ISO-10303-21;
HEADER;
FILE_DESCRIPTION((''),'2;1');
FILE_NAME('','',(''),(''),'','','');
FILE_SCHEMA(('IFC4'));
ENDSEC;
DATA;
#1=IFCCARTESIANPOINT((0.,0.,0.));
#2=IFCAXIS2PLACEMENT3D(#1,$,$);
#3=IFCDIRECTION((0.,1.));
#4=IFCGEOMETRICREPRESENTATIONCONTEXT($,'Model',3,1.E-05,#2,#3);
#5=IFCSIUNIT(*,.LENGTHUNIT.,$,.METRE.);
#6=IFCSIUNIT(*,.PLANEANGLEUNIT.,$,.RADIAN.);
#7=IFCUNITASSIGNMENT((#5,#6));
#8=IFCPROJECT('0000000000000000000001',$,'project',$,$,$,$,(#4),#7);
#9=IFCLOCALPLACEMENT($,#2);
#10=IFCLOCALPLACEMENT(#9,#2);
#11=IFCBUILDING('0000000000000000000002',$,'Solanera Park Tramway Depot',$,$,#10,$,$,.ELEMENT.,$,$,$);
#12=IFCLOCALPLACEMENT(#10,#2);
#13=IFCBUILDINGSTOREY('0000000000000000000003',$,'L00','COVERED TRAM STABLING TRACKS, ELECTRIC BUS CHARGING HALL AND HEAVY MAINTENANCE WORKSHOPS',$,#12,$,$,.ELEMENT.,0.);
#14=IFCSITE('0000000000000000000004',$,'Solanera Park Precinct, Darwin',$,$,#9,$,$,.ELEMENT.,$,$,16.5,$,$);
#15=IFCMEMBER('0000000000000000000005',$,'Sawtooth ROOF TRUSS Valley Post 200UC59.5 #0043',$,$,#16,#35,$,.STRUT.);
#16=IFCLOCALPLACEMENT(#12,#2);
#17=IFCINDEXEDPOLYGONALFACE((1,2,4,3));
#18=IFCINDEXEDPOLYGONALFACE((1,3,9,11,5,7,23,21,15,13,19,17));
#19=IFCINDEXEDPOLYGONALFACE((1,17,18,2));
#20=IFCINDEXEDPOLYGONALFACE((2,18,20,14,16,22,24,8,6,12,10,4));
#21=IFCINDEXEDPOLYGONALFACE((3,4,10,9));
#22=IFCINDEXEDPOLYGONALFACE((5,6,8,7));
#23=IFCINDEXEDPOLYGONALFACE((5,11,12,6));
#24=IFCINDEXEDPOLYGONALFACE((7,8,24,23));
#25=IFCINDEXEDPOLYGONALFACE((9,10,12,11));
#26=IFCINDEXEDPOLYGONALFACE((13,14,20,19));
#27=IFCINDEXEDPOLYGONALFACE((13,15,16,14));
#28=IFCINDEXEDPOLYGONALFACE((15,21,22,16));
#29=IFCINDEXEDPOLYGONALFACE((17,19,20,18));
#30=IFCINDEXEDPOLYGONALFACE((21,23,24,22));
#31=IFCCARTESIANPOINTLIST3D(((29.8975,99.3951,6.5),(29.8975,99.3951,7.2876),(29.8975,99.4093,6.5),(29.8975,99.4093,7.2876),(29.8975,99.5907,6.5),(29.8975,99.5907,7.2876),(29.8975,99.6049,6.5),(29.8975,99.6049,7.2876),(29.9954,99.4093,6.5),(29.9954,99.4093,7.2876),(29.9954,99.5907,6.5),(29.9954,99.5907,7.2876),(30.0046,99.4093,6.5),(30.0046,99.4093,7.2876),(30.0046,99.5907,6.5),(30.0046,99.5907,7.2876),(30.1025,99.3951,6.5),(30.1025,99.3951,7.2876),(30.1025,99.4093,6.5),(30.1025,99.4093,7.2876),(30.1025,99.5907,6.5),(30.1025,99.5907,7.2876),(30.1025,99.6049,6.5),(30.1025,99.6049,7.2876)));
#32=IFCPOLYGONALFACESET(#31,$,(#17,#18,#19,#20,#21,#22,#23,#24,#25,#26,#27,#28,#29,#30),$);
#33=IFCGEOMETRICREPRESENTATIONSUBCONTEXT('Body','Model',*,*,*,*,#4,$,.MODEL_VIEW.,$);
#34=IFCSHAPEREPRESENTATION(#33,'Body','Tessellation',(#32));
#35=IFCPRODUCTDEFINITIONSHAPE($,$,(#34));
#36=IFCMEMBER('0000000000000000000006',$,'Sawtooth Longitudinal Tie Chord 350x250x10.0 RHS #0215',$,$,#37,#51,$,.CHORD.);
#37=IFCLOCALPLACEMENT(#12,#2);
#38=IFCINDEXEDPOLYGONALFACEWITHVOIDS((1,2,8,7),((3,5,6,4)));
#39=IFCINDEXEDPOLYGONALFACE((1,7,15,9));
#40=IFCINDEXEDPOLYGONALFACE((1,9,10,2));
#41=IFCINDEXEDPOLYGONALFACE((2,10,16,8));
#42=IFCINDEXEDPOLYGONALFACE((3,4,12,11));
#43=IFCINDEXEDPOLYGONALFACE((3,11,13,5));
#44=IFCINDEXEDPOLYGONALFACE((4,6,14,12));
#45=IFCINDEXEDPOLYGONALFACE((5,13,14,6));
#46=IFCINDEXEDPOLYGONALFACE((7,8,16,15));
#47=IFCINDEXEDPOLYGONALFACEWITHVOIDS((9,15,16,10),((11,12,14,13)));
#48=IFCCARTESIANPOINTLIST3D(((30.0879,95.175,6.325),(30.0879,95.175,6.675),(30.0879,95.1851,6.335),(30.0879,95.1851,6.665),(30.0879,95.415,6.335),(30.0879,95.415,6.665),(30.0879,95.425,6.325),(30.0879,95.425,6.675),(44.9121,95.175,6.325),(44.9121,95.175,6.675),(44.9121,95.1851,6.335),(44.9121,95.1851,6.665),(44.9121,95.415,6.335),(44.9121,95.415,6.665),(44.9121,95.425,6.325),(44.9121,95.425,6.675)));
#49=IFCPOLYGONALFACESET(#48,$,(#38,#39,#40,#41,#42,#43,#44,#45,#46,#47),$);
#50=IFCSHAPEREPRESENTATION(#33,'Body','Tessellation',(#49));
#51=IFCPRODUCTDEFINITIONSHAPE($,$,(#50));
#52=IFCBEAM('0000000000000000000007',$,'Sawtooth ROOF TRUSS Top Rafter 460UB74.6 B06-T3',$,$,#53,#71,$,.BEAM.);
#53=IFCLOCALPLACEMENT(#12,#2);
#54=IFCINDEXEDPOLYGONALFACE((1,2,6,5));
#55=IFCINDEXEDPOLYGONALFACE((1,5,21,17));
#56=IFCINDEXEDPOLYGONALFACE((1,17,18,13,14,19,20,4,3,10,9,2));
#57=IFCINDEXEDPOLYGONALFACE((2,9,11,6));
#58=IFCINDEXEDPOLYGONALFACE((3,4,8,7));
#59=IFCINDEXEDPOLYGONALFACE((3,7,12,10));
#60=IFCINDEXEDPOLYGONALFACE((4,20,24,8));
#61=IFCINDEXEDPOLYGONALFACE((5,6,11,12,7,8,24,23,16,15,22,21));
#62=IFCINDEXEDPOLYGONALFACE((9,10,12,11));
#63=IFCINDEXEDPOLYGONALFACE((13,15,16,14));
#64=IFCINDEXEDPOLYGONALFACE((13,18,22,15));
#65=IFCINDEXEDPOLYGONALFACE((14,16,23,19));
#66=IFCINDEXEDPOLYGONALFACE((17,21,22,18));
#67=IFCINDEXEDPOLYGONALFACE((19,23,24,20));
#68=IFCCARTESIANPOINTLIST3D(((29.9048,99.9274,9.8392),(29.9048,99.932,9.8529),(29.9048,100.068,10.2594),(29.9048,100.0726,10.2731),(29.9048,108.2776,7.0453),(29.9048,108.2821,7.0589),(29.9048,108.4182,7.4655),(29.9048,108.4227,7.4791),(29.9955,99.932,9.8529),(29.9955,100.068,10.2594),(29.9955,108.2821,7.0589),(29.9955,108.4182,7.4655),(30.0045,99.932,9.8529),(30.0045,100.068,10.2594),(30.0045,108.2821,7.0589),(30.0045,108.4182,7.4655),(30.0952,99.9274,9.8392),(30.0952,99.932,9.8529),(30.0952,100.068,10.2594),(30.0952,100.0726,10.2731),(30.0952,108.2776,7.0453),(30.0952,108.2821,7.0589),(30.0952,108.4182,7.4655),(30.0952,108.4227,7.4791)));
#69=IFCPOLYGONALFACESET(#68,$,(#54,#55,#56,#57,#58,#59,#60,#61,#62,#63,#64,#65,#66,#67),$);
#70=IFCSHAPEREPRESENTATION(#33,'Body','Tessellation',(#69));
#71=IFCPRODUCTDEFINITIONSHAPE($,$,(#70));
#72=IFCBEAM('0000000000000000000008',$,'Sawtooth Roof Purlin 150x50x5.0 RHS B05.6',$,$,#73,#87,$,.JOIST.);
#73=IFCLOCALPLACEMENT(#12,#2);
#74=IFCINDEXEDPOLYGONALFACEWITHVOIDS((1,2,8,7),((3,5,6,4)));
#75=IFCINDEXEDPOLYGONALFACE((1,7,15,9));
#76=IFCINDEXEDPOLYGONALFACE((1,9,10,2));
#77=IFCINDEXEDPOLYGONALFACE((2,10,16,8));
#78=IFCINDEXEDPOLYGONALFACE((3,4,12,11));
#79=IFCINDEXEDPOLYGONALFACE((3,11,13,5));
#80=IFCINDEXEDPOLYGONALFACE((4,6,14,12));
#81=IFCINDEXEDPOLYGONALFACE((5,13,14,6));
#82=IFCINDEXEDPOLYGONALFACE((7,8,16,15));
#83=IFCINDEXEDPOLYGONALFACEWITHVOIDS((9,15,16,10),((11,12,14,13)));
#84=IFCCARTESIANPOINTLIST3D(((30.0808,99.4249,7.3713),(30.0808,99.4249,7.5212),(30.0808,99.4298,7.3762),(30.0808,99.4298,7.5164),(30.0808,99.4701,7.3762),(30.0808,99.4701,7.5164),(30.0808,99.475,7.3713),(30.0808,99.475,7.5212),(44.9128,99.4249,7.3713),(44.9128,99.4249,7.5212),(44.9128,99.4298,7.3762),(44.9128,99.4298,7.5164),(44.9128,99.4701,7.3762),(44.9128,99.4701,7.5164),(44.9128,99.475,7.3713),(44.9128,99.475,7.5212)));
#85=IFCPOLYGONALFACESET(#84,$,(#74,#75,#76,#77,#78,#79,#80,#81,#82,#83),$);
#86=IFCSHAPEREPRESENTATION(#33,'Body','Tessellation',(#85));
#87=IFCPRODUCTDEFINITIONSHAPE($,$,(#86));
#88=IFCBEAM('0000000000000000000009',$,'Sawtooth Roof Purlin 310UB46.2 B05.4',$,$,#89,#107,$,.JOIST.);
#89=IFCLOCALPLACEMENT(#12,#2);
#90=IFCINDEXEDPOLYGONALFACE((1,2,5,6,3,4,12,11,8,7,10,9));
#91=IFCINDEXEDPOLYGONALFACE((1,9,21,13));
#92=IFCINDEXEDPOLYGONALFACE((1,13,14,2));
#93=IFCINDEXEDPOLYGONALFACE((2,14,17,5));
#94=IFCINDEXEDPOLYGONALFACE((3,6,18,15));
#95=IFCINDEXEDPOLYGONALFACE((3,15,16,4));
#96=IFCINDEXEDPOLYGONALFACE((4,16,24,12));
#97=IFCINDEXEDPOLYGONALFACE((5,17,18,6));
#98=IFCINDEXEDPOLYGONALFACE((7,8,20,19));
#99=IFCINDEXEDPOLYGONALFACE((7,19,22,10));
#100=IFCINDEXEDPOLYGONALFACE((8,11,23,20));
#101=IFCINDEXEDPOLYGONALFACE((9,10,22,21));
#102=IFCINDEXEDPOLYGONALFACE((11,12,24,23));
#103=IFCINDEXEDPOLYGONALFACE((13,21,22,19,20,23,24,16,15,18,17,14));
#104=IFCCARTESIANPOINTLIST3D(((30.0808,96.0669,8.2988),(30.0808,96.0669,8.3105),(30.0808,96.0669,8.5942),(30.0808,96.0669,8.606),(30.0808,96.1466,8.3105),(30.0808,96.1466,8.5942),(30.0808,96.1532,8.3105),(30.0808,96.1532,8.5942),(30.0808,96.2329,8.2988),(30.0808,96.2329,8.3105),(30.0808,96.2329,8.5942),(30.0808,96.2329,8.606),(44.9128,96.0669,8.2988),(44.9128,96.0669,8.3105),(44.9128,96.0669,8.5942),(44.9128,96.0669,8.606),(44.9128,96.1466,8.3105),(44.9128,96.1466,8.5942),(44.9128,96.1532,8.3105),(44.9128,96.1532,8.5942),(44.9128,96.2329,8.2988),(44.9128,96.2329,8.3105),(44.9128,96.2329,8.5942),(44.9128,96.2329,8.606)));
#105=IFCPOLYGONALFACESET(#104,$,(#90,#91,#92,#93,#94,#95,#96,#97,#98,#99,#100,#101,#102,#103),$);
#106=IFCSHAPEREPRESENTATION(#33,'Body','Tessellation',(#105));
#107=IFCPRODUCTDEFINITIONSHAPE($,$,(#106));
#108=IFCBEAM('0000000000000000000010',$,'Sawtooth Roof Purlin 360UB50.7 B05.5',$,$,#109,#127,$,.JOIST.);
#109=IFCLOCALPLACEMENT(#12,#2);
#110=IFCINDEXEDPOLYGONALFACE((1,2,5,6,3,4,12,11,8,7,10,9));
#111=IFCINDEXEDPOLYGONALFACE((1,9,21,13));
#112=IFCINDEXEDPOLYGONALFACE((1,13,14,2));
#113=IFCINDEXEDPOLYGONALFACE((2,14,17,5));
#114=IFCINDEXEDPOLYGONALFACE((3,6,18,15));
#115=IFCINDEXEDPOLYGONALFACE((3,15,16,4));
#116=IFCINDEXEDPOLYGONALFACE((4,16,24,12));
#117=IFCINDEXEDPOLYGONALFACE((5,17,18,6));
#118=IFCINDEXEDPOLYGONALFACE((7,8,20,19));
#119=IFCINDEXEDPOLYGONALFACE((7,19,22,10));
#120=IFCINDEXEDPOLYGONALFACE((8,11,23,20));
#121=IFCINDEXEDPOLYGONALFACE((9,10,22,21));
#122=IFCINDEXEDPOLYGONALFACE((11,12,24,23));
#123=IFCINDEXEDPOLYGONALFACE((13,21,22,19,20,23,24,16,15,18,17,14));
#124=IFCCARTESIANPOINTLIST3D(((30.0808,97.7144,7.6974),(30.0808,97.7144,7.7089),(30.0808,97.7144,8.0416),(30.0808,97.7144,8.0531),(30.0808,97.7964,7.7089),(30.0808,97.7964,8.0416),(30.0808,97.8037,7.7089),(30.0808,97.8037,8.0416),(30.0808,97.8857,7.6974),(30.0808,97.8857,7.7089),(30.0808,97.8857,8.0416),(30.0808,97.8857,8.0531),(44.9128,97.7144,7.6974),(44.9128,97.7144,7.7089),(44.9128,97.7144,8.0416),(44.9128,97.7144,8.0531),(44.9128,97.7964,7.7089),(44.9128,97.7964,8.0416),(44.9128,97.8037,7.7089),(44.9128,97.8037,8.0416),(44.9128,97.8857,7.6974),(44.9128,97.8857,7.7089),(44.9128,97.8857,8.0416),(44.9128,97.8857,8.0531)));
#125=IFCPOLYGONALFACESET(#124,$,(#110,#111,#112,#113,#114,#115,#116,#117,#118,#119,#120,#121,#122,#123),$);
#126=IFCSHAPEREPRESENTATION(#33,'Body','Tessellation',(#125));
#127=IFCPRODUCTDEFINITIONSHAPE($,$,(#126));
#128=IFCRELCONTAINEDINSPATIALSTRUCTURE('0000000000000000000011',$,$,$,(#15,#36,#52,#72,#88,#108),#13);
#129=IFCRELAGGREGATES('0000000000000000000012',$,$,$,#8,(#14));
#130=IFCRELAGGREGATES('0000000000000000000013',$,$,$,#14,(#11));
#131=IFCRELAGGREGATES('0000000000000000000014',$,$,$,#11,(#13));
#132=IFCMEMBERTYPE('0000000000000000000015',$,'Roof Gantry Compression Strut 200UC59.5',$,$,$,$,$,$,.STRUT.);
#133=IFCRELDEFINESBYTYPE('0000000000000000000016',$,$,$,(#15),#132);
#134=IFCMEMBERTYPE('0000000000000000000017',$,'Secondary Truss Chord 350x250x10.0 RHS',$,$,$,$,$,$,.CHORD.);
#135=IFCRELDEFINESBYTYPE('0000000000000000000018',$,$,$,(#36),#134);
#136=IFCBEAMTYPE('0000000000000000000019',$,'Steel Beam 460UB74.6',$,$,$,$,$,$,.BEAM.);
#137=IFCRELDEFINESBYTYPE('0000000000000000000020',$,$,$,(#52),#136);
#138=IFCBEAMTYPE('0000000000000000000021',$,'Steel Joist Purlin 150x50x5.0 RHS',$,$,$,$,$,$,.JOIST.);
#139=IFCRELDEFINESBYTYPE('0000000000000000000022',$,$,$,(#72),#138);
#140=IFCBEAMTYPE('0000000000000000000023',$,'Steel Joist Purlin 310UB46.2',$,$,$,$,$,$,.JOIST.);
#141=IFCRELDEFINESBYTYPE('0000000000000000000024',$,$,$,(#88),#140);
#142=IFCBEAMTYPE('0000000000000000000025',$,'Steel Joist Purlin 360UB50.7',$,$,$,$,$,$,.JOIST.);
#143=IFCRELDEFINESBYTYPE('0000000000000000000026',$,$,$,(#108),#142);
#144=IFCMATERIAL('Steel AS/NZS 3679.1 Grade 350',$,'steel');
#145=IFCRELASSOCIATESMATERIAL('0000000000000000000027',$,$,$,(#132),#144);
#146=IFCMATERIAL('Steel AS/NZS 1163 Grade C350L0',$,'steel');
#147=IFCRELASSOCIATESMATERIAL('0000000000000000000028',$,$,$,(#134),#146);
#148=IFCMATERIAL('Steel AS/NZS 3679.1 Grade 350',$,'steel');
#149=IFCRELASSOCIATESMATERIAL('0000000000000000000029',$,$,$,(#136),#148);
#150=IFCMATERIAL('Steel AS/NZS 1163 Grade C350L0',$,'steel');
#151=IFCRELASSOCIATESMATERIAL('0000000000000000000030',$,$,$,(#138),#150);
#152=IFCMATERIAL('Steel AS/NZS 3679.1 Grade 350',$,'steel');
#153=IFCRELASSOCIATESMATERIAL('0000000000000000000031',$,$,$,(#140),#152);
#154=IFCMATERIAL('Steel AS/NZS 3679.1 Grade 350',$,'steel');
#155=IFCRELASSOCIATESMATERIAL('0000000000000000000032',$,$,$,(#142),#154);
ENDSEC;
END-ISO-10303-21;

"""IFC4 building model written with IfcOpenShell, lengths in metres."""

from ifc_helpers import new_model, si_unit, direction, frame, origin, origin_2d, place, context, subcontext, project, spatial, hollow_rectangle, i_section, extrude, material, material_profile, profile_set, type_object, element, save


model = new_model("IFC4")

# Units and contexts
model_context = context("Model", 3, precision=1e-05, world=origin(), true_north=direction((0.0, 1.0)))
body_context = subcontext(model_context, "Body", "Model", "MODEL_VIEW")
ifc_project = project(units=[si_unit("LENGTHUNIT", "METRE"), si_unit("PLANEANGLEUNIT", "RADIAN")], contexts=[model_context])

# Site, building, storey
site_placement = place(None, origin())
site = spatial("IfcSite", under=ifc_project, at=site_placement, Name="Solanera Park Precinct, Darwin", CompositionType="ELEMENT", RefElevation=16.5)
building_placement = place(site_placement, origin())
building = spatial("IfcBuilding", under=site, at=building_placement, Name="Solanera Park Tramway Depot", CompositionType="ELEMENT")
storey_placement = place(building_placement, origin())
storey = spatial("IfcBuildingStorey", under=building, at=storey_placement, Name="L00", Description="COVERED TRAM STABLING TRACKS, ELECTRIC BUS CHARGING HALL AND HEAVY MAINTENANCE WORKSHOPS", CompositionType="ELEMENT", Elevation=0.0)

# Members
ifc_material_1 = material(Name="Steel AS/NZS 3679.1 Grade 350", Category="steel")
ifc_material_profile_1 = material_profile(ifc_material_1, i_section(OverallWidth=0.2051, OverallDepth=0.2097, WebThickness=0.0093, FlangeThickness=0.0142, at=origin_2d()), Name="200UC59.5")
ifc_profile_set_1 = profile_set([ifc_material_profile_1], Name="Steel AS/NZS 3679.1 Grade 350")
member_type_1 = type_object("IfcMemberType", Name="Roof Gantry Compression Strut 200UC59.5", PredefinedType="STRUT", material=ifc_profile_set_1)
member_1_placement = place(storey_placement, frame((30.0, 99.5, 6.5), z_axis=(0.0, 0.0, 1.0), x_axis=(1.0, 0.0, 0.0)))
element("IfcMember", 1, at=member_1_placement, inside=storey, type_object=member_type_1, Name="Sawtooth ROOF TRUSS Valley Post 200UC59.5 #0043", PredefinedType="STRUT", context=body_context, shape_type="SweptSolid", body=[
    extrude(i_section(OverallWidth=0.2051, OverallDepth=0.2097, WebThickness=0.0093, FlangeThickness=0.0142, at=origin_2d()), origin(), (0.0, 0.0, 1.0), 0.7876),
])
ifc_material_2 = material(Name="Steel AS/NZS 1163 Grade C350L0", Category="steel")
ifc_material_profile_2 = material_profile(ifc_material_2, hollow_rectangle(XDim=0.25, YDim=0.3501, WallThickness=0.01, at=origin_2d()), Name="350x250x10.0 RHS")
ifc_profile_set_2 = profile_set([ifc_material_profile_2], Name="Steel AS/NZS 1163 Grade C350L0")
member_type_2 = type_object("IfcMemberType", Name="Secondary Truss Chord 350x250x10.0 RHS", PredefinedType="CHORD", material=ifc_profile_set_2)
member_2_placement = place(storey_placement, frame((30.0879, 95.3, 6.5), z_axis=(1.0, 0.0, 0.0), x_axis=(0.0, 1.0, 0.0)))
element("IfcMember", 2, at=member_2_placement, inside=storey, type_object=member_type_2, Name="Sawtooth Longitudinal Tie Chord 350x250x10.0 RHS #0215", PredefinedType="CHORD", context=body_context, shape_type="SweptSolid", body=[
    extrude(hollow_rectangle(XDim=0.25, YDim=0.3501, WallThickness=0.01, at=origin_2d()), origin(), (0.0, 0.0, 1.0), 14.8242),
])

# Beams
ifc_material_3 = material(Name="Steel AS/NZS 3679.1 Grade 350", Category="steel")
ifc_material_profile_3 = material_profile(ifc_material_3, i_section(OverallWidth=0.1904, OverallDepth=0.4575, WebThickness=0.009, FlangeThickness=0.0144, at=origin_2d()), Name="460UB74.6")
ifc_profile_set_3 = profile_set([ifc_material_profile_3], Name="Steel AS/NZS 3679.1 Grade 350")
beam_type_1 = type_object("IfcBeamType", Name="Steel Beam 460UB74.6", PredefinedType="BEAM", material=ifc_profile_set_3)
beam_1_placement = place(storey_placement, frame((30.0, 100.0, 10.0562), z_axis=(0.0, 0.948322, -0.317309), x_axis=(-1.0, 0.0, 0.0)))
element("IfcBeam", 3, at=beam_1_placement, inside=storey, type_object=beam_type_1, Name="Sawtooth ROOF TRUSS Top Rafter 460UB74.6 B06-T3", PredefinedType="BEAM", context=body_context, shape_type="SweptSolid", body=[
    extrude(i_section(OverallWidth=0.1904, OverallDepth=0.4575, WebThickness=0.009, FlangeThickness=0.0144, at=origin_2d()), origin(), (0.0, 0.0, 1.0), 8.8052),
])
ifc_material_4 = material(Name="Steel AS/NZS 1163 Grade C350L0", Category="steel")
ifc_material_profile_4 = material_profile(ifc_material_4, hollow_rectangle(XDim=0.05, YDim=0.1499, WallThickness=0.0049, at=origin_2d()), Name="150x50x5.0 RHS")
ifc_profile_set_4 = profile_set([ifc_material_profile_4], Name="Steel AS/NZS 1163 Grade C350L0")
beam_type_2 = type_object("IfcBeamType", Name="Steel Joist Purlin 150x50x5.0 RHS", PredefinedType="JOIST", material=ifc_profile_set_4)
beam_2_placement = place(storey_placement, frame((30.0808, 99.45, 7.4463), z_axis=(1.0, 0.0, 0.0), x_axis=(0.0, 1.0, 0.0)))
element("IfcBeam", 4, at=beam_2_placement, inside=storey, type_object=beam_type_2, Name="Sawtooth Roof Purlin 150x50x5.0 RHS B05.6", PredefinedType="JOIST", context=body_context, shape_type="SweptSolid", body=[
    extrude(hollow_rectangle(XDim=0.05, YDim=0.1499, WallThickness=0.0049, at=origin_2d()), origin(), (0.0, 0.0, 1.0), 14.832),
])
ifc_material_5 = material(Name="Steel AS/NZS 3679.1 Grade 350", Category="steel")
ifc_material_profile_5 = material_profile(ifc_material_5, i_section(OverallWidth=0.166, OverallDepth=0.3071, WebThickness=0.0066, FlangeThickness=0.0117, at=origin_2d()), Name="310UB46.2")
ifc_profile_set_5 = profile_set([ifc_material_profile_5], Name="Steel AS/NZS 3679.1 Grade 350")
beam_type_3 = type_object("IfcBeamType", Name="Steel Joist Purlin 310UB46.2", PredefinedType="JOIST", material=ifc_profile_set_5)
beam_3_placement = place(storey_placement, frame((30.0808, 96.1499, 8.4524), z_axis=(1.0, 0.0, 0.0), x_axis=(0.0, 1.0, 0.0)))
element("IfcBeam", 5, at=beam_3_placement, inside=storey, type_object=beam_type_3, Name="Sawtooth Roof Purlin 310UB46.2 B05.4", PredefinedType="JOIST", context=body_context, shape_type="SweptSolid", body=[
    extrude(i_section(OverallWidth=0.166, OverallDepth=0.3071, WebThickness=0.0066, FlangeThickness=0.0117, at=origin_2d()), origin(), (0.0, 0.0, 1.0), 14.832),
])
ifc_material_6 = material(Name="Steel AS/NZS 3679.1 Grade 350", Category="steel")
ifc_material_profile_6 = material_profile(ifc_material_6, i_section(OverallWidth=0.1714, OverallDepth=0.3557, WebThickness=0.0073, FlangeThickness=0.0115, at=origin_2d()), Name="360UB50.7")
ifc_profile_set_6 = profile_set([ifc_material_profile_6], Name="Steel AS/NZS 3679.1 Grade 350")
beam_type_4 = type_object("IfcBeamType", Name="Steel Joist Purlin 360UB50.7", PredefinedType="JOIST", material=ifc_profile_set_6)
beam_4_placement = place(storey_placement, frame((30.0808, 97.8, 7.8752), z_axis=(1.0, 0.0, 0.0), x_axis=(0.0, 1.0, 0.0)))
element("IfcBeam", 6, at=beam_4_placement, inside=storey, type_object=beam_type_4, Name="Sawtooth Roof Purlin 360UB50.7 B05.5", PredefinedType="JOIST", context=body_context, shape_type="SweptSolid", body=[
    extrude(i_section(OverallWidth=0.1714, OverallDepth=0.3557, WebThickness=0.0073, FlangeThickness=0.0115, at=origin_2d()), origin(), (0.0, 0.0, 1.0), 14.832),
])

save(model, "model.ifc")
